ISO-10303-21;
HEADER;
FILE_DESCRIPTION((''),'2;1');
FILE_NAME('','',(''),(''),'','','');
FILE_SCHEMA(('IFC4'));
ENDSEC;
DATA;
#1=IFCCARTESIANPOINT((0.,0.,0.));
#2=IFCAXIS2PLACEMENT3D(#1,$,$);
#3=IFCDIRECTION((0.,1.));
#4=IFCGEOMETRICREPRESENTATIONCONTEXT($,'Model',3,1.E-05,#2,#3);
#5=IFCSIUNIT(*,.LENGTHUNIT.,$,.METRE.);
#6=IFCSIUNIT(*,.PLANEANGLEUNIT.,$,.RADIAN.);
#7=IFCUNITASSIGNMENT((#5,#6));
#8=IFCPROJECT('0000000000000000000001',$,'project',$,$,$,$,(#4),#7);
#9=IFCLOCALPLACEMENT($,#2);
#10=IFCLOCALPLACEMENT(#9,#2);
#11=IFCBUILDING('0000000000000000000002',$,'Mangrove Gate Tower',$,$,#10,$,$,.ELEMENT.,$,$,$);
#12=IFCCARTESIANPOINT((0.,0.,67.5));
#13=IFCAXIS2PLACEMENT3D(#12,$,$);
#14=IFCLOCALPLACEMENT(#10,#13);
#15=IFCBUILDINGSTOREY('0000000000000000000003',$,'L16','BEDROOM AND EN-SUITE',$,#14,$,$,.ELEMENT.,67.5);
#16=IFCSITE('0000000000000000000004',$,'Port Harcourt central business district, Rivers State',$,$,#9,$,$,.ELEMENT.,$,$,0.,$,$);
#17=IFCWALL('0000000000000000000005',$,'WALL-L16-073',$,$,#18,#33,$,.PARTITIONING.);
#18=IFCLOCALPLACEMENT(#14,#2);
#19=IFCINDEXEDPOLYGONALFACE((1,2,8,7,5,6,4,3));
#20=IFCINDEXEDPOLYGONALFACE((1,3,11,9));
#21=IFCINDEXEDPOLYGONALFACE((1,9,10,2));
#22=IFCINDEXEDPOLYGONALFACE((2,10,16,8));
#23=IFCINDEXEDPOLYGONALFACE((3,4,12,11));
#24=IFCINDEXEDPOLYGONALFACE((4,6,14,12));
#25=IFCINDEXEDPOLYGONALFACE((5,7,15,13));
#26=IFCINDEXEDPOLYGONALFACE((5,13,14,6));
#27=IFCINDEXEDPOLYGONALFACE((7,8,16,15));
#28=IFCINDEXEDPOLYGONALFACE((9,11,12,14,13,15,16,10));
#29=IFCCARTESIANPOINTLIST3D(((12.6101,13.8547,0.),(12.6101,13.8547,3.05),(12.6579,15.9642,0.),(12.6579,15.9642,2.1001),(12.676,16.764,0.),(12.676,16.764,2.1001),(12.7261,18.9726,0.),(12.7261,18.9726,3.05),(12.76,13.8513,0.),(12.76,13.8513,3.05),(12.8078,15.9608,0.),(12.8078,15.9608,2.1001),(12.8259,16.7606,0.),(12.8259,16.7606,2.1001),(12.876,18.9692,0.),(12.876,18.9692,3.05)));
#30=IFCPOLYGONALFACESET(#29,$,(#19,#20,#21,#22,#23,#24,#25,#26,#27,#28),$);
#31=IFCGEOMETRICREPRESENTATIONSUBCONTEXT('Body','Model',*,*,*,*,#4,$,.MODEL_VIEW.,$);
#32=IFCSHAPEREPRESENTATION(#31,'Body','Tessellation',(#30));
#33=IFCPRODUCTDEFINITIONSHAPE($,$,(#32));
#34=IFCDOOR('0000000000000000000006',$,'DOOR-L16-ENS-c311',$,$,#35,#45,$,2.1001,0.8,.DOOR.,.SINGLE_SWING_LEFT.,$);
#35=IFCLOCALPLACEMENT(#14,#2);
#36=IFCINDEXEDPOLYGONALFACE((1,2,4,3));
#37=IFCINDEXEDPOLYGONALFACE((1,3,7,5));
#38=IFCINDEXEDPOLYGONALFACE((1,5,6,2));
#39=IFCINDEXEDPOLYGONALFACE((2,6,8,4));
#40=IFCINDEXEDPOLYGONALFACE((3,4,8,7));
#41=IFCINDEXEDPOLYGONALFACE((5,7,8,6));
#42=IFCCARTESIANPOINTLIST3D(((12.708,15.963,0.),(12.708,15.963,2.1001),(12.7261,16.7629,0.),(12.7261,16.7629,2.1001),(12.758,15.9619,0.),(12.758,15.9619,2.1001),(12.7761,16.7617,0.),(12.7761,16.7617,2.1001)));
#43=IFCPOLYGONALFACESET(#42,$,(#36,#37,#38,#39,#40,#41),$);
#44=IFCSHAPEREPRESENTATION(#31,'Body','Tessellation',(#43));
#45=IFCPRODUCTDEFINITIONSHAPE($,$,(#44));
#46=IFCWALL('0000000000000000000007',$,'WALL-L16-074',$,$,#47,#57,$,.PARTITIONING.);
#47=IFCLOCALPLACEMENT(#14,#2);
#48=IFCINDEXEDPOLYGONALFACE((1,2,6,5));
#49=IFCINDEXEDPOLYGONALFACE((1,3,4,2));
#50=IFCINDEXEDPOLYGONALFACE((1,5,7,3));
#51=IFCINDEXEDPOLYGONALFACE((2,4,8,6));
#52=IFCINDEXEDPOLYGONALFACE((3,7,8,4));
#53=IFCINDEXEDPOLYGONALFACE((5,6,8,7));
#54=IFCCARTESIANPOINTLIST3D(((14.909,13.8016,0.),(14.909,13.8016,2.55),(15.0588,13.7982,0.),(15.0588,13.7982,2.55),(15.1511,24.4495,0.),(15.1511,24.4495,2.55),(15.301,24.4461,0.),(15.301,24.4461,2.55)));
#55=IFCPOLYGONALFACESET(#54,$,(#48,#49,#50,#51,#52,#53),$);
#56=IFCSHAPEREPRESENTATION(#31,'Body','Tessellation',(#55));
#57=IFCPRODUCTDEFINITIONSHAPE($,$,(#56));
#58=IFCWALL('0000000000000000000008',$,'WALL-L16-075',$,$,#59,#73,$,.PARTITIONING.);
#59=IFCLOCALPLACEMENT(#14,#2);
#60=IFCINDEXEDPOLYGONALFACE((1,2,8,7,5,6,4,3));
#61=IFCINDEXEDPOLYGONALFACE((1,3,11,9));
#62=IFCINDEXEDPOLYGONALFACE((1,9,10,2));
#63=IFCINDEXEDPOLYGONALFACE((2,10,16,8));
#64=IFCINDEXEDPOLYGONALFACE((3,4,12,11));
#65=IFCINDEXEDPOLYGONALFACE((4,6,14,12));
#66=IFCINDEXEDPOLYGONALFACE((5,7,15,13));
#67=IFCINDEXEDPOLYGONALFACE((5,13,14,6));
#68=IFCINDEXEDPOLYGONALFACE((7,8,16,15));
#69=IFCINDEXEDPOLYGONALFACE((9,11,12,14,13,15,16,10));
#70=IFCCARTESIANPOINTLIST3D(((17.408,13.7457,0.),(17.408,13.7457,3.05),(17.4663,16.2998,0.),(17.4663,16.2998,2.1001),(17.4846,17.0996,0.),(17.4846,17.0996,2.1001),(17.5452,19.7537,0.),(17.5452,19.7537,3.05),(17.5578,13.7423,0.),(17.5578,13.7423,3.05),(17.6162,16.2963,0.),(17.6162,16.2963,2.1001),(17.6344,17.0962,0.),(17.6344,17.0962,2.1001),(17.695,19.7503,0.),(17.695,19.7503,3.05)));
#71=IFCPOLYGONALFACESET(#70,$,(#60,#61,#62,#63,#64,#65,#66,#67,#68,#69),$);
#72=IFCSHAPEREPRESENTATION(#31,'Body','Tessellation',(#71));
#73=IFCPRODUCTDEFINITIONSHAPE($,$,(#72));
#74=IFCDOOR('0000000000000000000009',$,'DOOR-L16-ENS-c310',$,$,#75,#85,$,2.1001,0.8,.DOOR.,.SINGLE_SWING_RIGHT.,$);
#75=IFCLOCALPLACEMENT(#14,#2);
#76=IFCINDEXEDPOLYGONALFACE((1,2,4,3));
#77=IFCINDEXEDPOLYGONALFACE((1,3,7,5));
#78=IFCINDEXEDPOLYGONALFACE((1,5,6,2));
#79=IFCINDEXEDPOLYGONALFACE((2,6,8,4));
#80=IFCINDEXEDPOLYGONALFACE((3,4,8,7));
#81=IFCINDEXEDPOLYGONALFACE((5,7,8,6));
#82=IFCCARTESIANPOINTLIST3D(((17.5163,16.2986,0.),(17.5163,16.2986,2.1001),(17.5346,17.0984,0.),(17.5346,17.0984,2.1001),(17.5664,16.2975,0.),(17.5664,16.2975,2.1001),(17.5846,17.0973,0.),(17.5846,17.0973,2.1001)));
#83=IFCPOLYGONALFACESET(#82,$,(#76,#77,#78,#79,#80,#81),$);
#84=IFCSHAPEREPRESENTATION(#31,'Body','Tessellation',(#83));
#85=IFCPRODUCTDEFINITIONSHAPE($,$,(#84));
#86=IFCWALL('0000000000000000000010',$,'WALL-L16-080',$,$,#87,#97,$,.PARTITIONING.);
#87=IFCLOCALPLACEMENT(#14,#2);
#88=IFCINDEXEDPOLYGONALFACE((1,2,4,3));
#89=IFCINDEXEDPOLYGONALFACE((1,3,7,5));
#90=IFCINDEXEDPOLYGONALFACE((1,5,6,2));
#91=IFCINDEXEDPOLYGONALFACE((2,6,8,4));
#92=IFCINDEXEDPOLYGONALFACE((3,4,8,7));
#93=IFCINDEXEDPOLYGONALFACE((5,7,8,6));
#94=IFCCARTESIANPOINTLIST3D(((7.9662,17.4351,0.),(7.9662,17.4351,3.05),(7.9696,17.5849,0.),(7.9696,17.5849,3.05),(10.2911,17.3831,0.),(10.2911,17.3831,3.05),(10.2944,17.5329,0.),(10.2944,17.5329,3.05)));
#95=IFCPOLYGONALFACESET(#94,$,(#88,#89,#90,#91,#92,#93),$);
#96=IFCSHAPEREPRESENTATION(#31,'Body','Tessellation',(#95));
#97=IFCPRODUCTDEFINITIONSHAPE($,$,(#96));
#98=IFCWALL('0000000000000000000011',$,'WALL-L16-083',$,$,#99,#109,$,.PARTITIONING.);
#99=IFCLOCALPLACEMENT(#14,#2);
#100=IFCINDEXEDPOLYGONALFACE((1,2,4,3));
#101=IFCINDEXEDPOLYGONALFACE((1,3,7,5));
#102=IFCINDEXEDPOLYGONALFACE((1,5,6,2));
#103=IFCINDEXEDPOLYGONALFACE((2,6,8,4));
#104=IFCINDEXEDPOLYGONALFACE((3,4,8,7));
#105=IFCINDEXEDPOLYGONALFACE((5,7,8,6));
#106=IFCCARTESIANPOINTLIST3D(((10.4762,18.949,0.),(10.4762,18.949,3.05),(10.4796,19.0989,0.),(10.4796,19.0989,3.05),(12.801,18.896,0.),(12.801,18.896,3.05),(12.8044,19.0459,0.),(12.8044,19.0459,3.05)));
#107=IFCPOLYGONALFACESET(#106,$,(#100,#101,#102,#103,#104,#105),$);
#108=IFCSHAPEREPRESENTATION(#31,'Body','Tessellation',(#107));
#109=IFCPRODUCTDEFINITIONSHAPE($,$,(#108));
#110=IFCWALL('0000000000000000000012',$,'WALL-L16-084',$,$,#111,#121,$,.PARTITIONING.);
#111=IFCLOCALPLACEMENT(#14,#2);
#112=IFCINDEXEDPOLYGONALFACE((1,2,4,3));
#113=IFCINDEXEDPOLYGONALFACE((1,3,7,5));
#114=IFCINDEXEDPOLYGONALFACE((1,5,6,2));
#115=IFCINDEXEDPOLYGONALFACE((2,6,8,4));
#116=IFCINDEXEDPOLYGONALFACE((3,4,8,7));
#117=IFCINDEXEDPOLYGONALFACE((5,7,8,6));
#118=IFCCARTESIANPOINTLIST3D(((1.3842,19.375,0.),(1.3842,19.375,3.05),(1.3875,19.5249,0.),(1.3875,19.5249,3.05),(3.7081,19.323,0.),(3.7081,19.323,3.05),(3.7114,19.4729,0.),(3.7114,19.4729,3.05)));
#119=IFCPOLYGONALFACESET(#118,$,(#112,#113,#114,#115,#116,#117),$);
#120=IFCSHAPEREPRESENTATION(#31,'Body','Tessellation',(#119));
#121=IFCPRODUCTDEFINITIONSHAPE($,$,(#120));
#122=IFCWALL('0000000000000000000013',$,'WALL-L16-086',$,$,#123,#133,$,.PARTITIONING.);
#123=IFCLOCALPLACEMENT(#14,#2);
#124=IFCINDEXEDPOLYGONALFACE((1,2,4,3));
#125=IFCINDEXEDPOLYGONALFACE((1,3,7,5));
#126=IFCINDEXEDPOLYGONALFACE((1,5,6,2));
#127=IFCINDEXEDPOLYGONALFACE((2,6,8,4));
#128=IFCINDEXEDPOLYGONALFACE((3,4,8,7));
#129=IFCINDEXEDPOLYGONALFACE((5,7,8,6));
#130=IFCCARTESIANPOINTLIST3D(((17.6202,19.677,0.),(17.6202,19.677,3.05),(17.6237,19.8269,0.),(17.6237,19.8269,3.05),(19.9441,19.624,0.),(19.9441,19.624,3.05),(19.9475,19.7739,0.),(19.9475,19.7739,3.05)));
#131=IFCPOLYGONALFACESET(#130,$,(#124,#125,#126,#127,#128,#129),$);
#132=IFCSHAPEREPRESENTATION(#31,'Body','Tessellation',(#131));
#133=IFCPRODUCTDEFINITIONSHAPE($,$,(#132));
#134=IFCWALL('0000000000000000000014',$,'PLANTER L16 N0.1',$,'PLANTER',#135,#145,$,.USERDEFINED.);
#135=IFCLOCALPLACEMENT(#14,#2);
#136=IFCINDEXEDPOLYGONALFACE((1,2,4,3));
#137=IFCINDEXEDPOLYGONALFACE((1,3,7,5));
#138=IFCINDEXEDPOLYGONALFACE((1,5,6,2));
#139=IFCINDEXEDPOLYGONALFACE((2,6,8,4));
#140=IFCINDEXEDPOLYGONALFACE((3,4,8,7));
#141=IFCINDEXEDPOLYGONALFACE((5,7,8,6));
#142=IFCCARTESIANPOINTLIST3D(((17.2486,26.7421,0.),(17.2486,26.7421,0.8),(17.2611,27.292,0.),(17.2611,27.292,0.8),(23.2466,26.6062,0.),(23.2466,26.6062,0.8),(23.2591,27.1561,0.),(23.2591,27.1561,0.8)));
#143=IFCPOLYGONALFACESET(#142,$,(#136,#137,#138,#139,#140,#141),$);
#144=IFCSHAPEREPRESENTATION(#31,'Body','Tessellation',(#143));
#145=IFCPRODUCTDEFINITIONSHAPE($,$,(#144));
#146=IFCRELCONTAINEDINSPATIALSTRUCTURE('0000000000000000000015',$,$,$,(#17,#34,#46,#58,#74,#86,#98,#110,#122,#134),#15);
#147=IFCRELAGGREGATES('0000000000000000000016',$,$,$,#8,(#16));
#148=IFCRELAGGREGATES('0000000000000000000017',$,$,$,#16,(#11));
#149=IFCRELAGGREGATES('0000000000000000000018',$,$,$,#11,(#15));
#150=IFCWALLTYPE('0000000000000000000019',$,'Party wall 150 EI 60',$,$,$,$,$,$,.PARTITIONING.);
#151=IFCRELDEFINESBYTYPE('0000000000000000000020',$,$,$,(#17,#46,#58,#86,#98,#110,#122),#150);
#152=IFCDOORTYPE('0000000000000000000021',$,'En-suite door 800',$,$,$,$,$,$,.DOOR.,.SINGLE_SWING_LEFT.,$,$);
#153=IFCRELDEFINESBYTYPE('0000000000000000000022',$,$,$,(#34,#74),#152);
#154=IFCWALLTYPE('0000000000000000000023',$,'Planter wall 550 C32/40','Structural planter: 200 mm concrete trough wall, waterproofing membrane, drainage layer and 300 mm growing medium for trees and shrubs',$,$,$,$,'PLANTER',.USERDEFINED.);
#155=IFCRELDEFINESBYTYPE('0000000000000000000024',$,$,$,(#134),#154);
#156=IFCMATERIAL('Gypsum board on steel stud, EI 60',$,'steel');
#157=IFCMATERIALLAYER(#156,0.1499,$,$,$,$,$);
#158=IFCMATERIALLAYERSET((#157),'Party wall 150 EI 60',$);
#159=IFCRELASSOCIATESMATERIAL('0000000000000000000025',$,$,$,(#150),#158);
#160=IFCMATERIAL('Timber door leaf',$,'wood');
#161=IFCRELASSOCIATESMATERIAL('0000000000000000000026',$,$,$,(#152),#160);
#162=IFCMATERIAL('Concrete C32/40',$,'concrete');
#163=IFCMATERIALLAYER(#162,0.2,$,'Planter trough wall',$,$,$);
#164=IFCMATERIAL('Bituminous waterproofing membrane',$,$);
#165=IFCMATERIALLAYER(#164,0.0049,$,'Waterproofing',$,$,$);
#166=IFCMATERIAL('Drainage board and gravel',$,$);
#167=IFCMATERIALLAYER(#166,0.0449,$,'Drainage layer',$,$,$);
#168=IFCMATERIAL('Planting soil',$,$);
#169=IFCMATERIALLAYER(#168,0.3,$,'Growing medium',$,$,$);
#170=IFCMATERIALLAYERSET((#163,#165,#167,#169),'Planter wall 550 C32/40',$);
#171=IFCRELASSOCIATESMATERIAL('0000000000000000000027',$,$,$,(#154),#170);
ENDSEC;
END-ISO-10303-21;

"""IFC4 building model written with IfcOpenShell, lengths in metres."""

from ifc_helpers import new_model, si_unit, direction, frame, frame_2d, origin, place, context, subcontext, project, spatial, rectangle, extrude, material, layer, layer_set, type_object, element, fill, save


model = new_model("IFC4")

# Units and contexts
model_context = context("Model", 3, precision=1e-05, world=origin(), true_north=direction((0.0, 1.0)))
body_context = subcontext(model_context, "Body", "Model", "MODEL_VIEW")
ifc_project = project(units=[si_unit("LENGTHUNIT", "METRE"), si_unit("PLANEANGLEUNIT", "RADIAN")], contexts=[model_context])

# Site, building, storey
site_placement = place(None, origin())
site = spatial("IfcSite", under=ifc_project, at=site_placement, Name="Port Harcourt central business district, Rivers State", CompositionType="ELEMENT", RefElevation=0.0)
building_placement = place(site_placement, origin())
building = spatial("IfcBuilding", under=site, at=building_placement, Name="Mangrove Gate Tower", CompositionType="ELEMENT")
storey_placement = place(building_placement, frame((0.0, 0.0, 67.5)))
storey = spatial("IfcBuildingStorey", under=building, at=storey_placement, Name="L16", Description="BEDROOM AND EN-SUITE", CompositionType="ELEMENT", Elevation=67.5)

# Shared definitions
ifc_material_1 = material(Name="Gypsum board on steel stud, EI 60", Category="steel")
ifc_layer_1 = layer(ifc_material_1, 0.1499)
ifc_layer_set_1 = layer_set([ifc_layer_1], Name="Party wall 150 EI 60")
wall_type_1 = type_object("IfcWallType", Name="Party wall 150 EI 60", PredefinedType="PARTITIONING", material=ifc_layer_set_1)

# Shared definitions
ifc_material_2 = material(Name="Timber door leaf", Category="wood")
door_type = type_object("IfcDoorType", Name="En-suite door 800", OperationType="SINGLE_SWING_LEFT", PredefinedType="DOOR", material=ifc_material_2)

# Wall, opening, door
wall_1_placement = place(storey_placement, frame((12.6851, 13.853, 0.0), z_axis=(0.0, 0.0, 1.0), x_axis=(0.022653, 0.999743, 0.0)))
wall_1 = element("IfcWall", 1, at=wall_1_placement, inside=storey, type_object=wall_type_1, Name="WALL-L16-073", PredefinedType="PARTITIONING", context=body_context, shape_type="SweptSolid", body=[
    extrude(rectangle(XDim=5.1191, YDim=0.1499, at=frame_2d((2.5596, 0.0))), origin(), (0.0, 0.0, 1.0), 3.05),
])
opening_1_placement = place(wall_1_placement, frame((2.1101, 0.0, 0.0)))
opening_1 = element("IfcOpeningElement", 2, at=opening_1_placement, cuts=wall_1, PredefinedType="OPENING", context=body_context, shape_type="SweptSolid", body=[
    extrude(rectangle(XDim=0.8, YDim=2.1001, at=frame_2d((0.3999, 1.05))), frame((0.0, 0.085, 0.0), z_axis=(0.0, -1.0, 0.0), x_axis=(1.0, 0.0, 0.0)), (0.0, 0.0, 1.0), 0.1699),
])
door_1_placement = place(opening_1_placement, origin())
door_1 = element("IfcDoor", 3, at=door_1_placement, inside=storey, type_object=door_type, Name="DOOR-L16-ENS-c311", OperationType="SINGLE_SWING_LEFT", OverallHeight=2.1001, OverallWidth=0.8, PredefinedType="DOOR", context=body_context, shape_type="SweptSolid", body=[
    extrude(rectangle(XDim=0.8, YDim=2.1001, at=frame_2d((0.3999, 1.05))), frame((0.0, 0.0249, 0.0), z_axis=(0.0, -1.0, 0.0), x_axis=(1.0, 0.0, 0.0)), (0.0, 0.0, 1.0), 0.05),
])
fill(opening_1, door_1)

# Wall
wall_2_placement = place(storey_placement, frame((14.9839, 13.8, 0.0), z_axis=(0.0, 0.0, 1.0), x_axis=(0.022739, 0.999741, 0.0)))
element("IfcWall", 4, at=wall_2_placement, inside=storey, type_object=wall_type_1, Name="WALL-L16-074", PredefinedType="PARTITIONING", context=body_context, shape_type="SweptSolid", body=[
    extrude(rectangle(XDim=10.6506, YDim=0.1499, at=frame_2d((5.3252, 0.0))), origin(), (0.0, 0.0, 1.0), 2.55),
])

# Wall, opening, door
wall_3_placement = place(storey_placement, frame((17.4829, 13.7439, 0.0), z_axis=(0.0, 0.0, 1.0), x_axis=(0.022831, 0.999739, 0.0)))
wall_3 = element("IfcWall", 5, at=wall_3_placement, inside=storey, type_object=wall_type_1, Name="WALL-L16-075", PredefinedType="PARTITIONING", context=body_context, shape_type="SweptSolid", body=[
    extrude(rectangle(XDim=6.0095, YDim=0.1499, at=frame_2d((3.0049, 0.0))), origin(), (0.0, 0.0, 1.0), 3.05),
])
opening_2_placement = place(wall_3_placement, frame((2.5549, 0.0, 0.0)))
opening_2 = element("IfcOpeningElement", 6, at=opening_2_placement, cuts=wall_3, PredefinedType="OPENING", context=body_context, shape_type="SweptSolid", body=[
    extrude(rectangle(XDim=0.8, YDim=2.1001, at=frame_2d((0.3999, 1.05))), frame((0.0, 0.085, 0.0), z_axis=(0.0, -1.0, 0.0), x_axis=(1.0, 0.0, 0.0)), (0.0, 0.0, 1.0), 0.1699),
])
door_2_placement = place(opening_2_placement, origin())
door_2 = element("IfcDoor", 7, at=door_2_placement, inside=storey, type_object=door_type, Name="DOOR-L16-ENS-c310", OperationType="SINGLE_SWING_RIGHT", OverallHeight=2.1001, OverallWidth=0.8, PredefinedType="DOOR", context=body_context, shape_type="SweptSolid", body=[
    extrude(rectangle(XDim=0.8, YDim=2.1001, at=frame_2d((0.3999, 1.05))), frame((0.0, 0.0249, 0.0), z_axis=(0.0, -1.0, 0.0), x_axis=(1.0, 0.0, 0.0)), (0.0, 0.0, 1.0), 0.05),
])
fill(opening_2, door_2)

# Walls
for number, where, z_axis, x_axis, name in (
    (8, (7.968, 17.51, 0.0), (0.0, 0.0, 1.0), (0.99975, -0.022361, 0.0), "WALL-L16-080"),
    (9, (10.478, 19.0239, 0.0), (0.0, 0.0, 1.0), (0.99974, -0.022781, 0.0), "WALL-L16-083"),
):
    element("IfcWall", number, at=place(storey_placement, frame(where, z_axis=z_axis, x_axis=x_axis)), inside=storey, type_object=wall_type_1, Name=name, PredefinedType="PARTITIONING", context=body_context, shape_type="SweptSolid", body=[
        extrude(rectangle(XDim=2.3254, YDim=0.1499, at=frame_2d((1.1626, 0.0))), origin(), (0.0, 0.0, 1.0), 3.05),
    ])
for number, where, z_axis, x_axis, name in (
    (10, (1.386, 19.45, 0.0), (0.0, 0.0, 1.0), (0.99975, -0.022371, 0.0), "WALL-L16-084"),
    (11, (17.6221, 19.752, 0.0), (0.0, 0.0, 1.0), (0.99974, -0.022791, 0.0), "WALL-L16-086"),
):
    element("IfcWall", number, at=place(storey_placement, frame(where, z_axis=z_axis, x_axis=x_axis)), inside=storey, type_object=wall_type_1, Name=name, PredefinedType="PARTITIONING", context=body_context, shape_type="SweptSolid", body=[
        extrude(rectangle(XDim=2.3245, YDim=0.1499, at=frame_2d((1.1621, 0.0))), origin(), (0.0, 0.0, 1.0), 3.05),
    ])
ifc_material_3 = material(Name="Concrete C32/40", Category="concrete")
ifc_layer_2 = layer(ifc_material_3, 0.2, Name="Planter trough wall")
ifc_material_4 = material(Name="Bituminous waterproofing membrane")
ifc_layer_3 = layer(ifc_material_4, 0.0049, Name="Waterproofing")
ifc_material_5 = material(Name="Drainage board and gravel")
ifc_layer_4 = layer(ifc_material_5, 0.0449, Name="Drainage layer")
ifc_material_6 = material(Name="Planting soil")
ifc_layer_5 = layer(ifc_material_6, 0.3, Name="Growing medium")
ifc_layer_set_2 = layer_set([ifc_layer_2, ifc_layer_3, ifc_layer_4, ifc_layer_5], Name="Planter wall 550 C32/40")
wall_type_2 = type_object("IfcWallType", Name="Planter wall 550 C32/40", Description="Structural planter: 200 mm concrete trough wall, waterproofing membrane, drainage layer and 300 mm growing medium for trees and shrubs", ElementType="PLANTER", PredefinedType="USERDEFINED", material=ifc_layer_set_2)
wall_4_placement = place(storey_placement, frame((17.2549, 27.0171, 0.0), z_axis=(0.0, 0.0, 1.0), x_axis=(0.999743, -0.022666, 0.0)))
element("IfcWall", 12, at=wall_4_placement, inside=storey, type_object=wall_type_2, Name="PLANTER L16 N0.1", ObjectType="PLANTER", PredefinedType="USERDEFINED", context=body_context, shape_type="SweptSolid", body=[
    extrude(rectangle(XDim=5.9995, YDim=0.55, at=frame_2d((2.9998, 0.0))), origin(), (0.0, 0.0, 1.0), 0.8),
])

save(model, "model.ifc")
